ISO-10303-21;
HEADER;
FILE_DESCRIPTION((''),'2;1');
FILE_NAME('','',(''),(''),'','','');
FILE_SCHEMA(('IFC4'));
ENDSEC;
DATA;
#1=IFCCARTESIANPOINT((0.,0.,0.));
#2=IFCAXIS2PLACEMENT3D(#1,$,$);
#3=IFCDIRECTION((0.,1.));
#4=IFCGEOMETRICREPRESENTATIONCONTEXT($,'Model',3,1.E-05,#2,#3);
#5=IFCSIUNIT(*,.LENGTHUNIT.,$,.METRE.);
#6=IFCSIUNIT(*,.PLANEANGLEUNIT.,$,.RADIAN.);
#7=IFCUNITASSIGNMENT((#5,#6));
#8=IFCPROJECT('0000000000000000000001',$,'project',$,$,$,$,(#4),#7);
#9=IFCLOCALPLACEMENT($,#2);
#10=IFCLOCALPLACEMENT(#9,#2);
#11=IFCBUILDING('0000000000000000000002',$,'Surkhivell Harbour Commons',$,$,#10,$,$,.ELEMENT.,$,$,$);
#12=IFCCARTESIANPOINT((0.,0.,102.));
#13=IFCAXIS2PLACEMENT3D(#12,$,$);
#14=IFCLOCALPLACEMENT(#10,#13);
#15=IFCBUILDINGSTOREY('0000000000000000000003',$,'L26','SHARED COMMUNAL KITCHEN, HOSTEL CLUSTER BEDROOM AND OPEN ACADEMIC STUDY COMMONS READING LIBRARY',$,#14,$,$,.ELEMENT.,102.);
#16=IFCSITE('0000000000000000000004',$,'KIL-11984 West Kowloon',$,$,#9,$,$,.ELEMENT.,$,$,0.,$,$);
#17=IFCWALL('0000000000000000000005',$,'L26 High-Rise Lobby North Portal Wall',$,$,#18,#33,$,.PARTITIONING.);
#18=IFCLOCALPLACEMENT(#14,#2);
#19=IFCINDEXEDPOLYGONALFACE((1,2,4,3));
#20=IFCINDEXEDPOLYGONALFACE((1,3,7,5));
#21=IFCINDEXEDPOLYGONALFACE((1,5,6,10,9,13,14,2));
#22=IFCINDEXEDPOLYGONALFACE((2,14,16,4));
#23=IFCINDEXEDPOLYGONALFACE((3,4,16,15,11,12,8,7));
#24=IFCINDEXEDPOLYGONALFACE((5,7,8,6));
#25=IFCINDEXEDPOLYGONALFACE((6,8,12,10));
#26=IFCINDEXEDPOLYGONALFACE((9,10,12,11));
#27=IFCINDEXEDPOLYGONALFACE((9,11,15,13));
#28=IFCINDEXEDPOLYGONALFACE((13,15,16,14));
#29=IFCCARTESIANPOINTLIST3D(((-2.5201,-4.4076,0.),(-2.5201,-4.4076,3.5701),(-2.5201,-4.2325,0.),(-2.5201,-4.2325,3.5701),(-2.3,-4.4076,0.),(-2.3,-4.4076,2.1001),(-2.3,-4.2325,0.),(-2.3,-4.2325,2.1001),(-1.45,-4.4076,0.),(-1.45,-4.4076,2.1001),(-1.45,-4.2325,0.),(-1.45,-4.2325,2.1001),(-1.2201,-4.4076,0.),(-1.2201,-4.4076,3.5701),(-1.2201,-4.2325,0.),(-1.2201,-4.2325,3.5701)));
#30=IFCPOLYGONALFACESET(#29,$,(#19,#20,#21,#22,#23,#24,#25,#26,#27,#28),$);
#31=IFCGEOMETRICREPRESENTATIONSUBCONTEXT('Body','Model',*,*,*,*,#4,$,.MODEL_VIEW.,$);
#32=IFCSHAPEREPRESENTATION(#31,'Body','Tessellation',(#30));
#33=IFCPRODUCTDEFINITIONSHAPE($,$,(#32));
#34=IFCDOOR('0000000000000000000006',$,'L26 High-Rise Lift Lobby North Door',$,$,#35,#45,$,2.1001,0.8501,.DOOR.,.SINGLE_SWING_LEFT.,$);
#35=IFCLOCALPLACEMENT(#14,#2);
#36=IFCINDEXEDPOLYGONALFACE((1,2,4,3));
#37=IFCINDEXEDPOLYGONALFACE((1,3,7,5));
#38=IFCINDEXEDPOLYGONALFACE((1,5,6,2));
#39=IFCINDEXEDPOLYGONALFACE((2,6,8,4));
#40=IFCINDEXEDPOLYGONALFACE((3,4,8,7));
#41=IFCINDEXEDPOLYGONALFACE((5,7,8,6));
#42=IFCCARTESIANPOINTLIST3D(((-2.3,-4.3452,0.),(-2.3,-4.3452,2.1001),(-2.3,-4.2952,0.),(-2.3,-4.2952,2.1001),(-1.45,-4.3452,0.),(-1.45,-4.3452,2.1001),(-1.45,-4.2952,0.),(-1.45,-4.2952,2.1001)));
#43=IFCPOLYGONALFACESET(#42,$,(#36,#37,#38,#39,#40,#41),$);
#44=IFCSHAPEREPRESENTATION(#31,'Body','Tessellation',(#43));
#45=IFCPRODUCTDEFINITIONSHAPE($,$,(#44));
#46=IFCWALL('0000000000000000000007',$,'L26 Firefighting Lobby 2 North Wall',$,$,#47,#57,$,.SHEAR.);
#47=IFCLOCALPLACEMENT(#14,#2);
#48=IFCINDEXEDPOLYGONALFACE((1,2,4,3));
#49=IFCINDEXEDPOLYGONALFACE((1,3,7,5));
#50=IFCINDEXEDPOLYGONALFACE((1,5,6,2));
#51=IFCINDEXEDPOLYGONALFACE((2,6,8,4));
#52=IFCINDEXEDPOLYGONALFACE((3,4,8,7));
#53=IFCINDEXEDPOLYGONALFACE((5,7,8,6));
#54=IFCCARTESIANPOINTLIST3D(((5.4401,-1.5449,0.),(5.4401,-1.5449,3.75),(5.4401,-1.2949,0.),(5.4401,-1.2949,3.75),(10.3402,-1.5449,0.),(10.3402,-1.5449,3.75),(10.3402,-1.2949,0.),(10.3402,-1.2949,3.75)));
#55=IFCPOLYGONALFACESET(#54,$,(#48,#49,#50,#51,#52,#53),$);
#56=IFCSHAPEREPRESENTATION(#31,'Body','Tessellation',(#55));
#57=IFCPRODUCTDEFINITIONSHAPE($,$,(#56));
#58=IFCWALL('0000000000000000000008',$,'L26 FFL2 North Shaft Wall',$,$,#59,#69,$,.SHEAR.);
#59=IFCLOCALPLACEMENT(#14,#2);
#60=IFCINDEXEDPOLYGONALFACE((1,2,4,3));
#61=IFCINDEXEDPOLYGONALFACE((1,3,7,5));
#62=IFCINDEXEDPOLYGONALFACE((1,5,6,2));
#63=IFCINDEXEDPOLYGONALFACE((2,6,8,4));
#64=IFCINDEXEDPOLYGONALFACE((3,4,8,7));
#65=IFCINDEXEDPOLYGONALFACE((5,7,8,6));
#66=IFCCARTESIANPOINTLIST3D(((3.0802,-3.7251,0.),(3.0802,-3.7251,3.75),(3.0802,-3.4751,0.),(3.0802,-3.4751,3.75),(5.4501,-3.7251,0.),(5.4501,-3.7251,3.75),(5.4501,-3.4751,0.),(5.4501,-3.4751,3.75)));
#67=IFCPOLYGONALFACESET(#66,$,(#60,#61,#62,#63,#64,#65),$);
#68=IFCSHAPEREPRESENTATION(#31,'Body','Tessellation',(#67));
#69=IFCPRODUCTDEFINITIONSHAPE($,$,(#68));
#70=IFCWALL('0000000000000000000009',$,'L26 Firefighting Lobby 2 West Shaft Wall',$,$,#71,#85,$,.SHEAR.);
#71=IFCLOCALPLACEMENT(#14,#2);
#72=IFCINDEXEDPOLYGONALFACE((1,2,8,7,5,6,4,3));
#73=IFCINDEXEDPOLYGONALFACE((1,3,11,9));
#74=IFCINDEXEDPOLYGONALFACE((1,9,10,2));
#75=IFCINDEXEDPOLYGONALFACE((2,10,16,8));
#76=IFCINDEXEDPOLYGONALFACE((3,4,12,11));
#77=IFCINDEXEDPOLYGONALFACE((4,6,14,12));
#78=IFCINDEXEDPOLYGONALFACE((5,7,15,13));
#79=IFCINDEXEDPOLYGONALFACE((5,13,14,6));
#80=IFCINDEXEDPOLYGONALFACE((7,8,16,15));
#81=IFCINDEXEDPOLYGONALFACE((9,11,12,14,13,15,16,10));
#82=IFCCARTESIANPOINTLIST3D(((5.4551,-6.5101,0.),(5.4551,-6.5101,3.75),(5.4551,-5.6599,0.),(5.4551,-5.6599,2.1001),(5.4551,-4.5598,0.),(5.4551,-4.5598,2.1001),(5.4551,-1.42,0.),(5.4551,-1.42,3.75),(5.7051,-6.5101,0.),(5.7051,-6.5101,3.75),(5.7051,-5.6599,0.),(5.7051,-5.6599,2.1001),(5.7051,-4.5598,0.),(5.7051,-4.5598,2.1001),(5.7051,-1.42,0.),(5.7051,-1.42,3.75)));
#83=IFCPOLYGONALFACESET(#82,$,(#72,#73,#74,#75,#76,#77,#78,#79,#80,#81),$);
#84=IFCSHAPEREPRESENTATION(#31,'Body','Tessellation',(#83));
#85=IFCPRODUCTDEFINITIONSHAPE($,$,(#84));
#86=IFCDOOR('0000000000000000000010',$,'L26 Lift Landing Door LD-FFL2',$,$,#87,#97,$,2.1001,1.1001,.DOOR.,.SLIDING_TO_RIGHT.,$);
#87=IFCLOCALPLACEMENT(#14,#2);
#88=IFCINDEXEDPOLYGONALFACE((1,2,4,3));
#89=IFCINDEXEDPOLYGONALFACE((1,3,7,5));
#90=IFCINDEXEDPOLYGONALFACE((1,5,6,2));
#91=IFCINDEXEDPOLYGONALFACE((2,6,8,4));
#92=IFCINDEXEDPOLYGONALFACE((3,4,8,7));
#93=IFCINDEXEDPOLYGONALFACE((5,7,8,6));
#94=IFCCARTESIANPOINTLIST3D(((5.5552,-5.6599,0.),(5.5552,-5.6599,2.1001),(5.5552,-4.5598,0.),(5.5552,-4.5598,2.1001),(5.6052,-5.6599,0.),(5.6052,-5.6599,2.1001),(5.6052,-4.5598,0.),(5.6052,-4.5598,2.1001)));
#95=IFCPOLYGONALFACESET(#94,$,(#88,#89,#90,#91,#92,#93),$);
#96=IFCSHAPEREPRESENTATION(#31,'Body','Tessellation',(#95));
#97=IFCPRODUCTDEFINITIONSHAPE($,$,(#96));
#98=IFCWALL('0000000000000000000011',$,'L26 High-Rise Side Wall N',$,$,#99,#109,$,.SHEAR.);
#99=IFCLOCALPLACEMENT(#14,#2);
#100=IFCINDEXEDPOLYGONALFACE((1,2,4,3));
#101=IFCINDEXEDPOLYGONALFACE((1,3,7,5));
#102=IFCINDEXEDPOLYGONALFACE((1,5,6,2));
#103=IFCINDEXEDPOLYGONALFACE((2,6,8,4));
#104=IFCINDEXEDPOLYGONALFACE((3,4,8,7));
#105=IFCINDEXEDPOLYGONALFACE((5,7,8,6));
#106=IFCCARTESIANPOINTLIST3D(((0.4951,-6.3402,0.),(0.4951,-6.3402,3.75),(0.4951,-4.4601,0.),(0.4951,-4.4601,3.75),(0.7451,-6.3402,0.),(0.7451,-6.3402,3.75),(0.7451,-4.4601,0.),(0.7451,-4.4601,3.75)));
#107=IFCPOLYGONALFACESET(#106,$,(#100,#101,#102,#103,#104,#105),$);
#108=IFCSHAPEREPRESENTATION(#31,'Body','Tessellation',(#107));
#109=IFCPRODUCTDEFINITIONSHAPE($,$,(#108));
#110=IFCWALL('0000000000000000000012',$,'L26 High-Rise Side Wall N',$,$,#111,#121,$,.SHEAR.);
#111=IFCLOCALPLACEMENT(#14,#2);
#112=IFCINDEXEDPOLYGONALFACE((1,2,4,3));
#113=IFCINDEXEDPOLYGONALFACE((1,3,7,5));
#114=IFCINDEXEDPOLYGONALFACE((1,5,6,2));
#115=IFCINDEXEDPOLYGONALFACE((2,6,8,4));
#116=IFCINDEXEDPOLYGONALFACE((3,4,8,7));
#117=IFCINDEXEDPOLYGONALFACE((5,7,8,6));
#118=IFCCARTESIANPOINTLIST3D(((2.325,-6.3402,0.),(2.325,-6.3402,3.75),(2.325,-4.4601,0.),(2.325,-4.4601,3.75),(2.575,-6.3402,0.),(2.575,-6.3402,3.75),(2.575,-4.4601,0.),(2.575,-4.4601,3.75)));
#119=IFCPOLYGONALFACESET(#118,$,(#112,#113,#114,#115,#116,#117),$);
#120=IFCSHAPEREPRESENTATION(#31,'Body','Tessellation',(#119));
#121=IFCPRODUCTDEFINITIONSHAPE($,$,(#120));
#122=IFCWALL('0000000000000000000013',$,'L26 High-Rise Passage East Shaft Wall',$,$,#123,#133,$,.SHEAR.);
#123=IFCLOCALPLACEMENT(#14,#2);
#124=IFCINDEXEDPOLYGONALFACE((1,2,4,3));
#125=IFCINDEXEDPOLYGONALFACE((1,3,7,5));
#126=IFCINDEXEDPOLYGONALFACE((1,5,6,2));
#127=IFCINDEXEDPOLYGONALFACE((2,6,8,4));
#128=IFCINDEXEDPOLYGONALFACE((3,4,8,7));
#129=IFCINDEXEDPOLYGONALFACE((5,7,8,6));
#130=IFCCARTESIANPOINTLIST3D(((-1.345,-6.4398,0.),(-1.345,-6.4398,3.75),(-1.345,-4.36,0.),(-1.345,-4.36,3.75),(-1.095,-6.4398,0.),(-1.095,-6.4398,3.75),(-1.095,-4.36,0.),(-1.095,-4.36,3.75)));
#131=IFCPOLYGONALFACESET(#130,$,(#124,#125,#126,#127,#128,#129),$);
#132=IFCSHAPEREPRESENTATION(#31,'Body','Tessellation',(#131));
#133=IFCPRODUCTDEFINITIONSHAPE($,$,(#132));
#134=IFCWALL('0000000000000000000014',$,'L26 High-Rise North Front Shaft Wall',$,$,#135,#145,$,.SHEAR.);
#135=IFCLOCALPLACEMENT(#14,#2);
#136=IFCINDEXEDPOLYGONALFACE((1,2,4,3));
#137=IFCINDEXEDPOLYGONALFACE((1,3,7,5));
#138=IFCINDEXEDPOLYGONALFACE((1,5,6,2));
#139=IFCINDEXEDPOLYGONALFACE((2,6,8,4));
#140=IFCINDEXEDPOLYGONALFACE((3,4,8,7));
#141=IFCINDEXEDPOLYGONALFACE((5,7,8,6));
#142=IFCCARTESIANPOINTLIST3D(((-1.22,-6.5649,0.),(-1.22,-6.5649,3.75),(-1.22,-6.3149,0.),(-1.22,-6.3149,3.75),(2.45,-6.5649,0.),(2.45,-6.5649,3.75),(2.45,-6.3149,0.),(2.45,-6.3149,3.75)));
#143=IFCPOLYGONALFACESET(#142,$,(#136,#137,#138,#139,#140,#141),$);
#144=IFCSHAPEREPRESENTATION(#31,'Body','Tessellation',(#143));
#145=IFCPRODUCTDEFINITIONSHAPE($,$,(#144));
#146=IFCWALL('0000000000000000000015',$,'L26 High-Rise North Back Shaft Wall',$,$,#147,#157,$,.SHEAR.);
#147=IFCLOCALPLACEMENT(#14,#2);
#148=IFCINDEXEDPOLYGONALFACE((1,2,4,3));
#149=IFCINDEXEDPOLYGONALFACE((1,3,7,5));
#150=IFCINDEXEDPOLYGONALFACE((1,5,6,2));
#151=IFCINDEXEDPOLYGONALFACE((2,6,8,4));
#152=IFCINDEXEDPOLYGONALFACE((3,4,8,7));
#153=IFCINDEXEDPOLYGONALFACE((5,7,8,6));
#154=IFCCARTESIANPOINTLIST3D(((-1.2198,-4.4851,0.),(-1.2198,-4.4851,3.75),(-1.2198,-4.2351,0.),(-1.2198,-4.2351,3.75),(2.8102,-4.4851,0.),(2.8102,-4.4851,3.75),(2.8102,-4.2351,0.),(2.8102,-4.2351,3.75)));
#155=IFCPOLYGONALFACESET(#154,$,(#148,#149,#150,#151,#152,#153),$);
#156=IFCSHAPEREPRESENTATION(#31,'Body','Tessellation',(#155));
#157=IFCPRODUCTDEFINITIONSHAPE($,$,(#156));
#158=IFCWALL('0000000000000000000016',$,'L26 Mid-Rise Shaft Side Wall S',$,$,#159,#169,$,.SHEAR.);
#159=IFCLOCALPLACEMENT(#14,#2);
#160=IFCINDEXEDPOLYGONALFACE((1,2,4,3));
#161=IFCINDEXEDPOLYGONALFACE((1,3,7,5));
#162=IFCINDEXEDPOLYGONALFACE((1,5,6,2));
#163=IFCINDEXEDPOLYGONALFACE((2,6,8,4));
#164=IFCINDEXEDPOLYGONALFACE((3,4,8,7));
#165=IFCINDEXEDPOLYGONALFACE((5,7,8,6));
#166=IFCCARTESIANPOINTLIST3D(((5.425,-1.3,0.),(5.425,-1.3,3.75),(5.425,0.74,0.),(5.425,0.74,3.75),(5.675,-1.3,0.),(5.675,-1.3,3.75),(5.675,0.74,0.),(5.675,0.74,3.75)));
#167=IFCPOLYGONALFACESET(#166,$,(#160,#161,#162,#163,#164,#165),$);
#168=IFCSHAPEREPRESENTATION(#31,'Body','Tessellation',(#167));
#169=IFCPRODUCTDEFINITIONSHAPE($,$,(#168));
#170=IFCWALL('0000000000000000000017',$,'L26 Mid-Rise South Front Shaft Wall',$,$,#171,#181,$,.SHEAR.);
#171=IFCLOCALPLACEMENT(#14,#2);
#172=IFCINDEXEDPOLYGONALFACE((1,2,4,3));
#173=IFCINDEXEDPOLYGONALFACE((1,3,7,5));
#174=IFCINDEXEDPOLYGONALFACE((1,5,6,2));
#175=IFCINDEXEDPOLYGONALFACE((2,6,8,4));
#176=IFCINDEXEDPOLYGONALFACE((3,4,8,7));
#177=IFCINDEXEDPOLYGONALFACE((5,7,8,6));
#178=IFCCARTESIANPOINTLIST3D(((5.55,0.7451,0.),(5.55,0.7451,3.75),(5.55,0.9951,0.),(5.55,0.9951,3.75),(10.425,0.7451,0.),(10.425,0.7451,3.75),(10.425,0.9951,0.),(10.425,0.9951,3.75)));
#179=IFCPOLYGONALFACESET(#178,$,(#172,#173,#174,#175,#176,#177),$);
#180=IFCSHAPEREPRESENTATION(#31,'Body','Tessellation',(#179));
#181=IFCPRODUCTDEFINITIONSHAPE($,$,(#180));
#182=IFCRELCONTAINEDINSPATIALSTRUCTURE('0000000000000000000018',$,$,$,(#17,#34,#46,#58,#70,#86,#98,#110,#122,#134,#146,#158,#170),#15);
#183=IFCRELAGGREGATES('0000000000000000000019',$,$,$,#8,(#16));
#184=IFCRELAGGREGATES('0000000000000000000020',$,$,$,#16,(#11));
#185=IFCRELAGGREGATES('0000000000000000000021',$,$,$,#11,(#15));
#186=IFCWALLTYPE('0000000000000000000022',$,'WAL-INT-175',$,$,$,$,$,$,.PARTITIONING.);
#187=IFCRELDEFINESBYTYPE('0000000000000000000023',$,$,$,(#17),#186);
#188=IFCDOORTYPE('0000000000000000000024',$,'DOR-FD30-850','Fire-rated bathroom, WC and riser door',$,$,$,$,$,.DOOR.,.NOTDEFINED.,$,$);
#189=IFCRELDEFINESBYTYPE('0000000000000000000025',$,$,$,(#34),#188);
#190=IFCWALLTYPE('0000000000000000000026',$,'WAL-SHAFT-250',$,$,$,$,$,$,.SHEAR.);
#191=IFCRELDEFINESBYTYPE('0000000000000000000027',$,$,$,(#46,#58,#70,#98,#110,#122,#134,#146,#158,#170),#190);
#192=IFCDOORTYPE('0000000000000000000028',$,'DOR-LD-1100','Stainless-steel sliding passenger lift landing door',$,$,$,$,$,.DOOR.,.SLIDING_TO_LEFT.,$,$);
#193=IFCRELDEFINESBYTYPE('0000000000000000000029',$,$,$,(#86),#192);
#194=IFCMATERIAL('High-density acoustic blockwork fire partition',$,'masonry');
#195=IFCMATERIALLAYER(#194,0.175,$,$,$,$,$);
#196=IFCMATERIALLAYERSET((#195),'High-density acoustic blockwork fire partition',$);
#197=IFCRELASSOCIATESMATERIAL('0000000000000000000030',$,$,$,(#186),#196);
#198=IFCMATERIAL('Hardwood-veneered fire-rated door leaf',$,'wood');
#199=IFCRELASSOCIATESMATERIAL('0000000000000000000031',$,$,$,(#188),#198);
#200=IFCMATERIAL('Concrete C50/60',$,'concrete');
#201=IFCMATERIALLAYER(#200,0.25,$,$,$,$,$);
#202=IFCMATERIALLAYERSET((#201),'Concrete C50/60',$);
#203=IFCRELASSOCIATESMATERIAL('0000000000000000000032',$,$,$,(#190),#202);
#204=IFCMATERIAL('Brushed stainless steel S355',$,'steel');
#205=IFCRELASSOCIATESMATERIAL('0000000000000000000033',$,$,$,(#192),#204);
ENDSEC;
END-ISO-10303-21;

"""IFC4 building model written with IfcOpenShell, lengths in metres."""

from ifc_helpers import new_model, si_unit, direction, frame, frame_2d, origin, place, context, subcontext, project, spatial, rectangle, extrude, material, layer, layer_set, type_object, element, fill, save


model = new_model("IFC4")

# Units and contexts
model_context = context("Model", 3, precision=1e-05, world=origin(), true_north=direction((0.0, 1.0)))
body_context = subcontext(model_context, "Body", "Model", "MODEL_VIEW")
ifc_project = project(units=[si_unit("LENGTHUNIT", "METRE"), si_unit("PLANEANGLEUNIT", "RADIAN")], contexts=[model_context])

# Site, building, storey
site_placement = place(None, origin())
site = spatial("IfcSite", under=ifc_project, at=site_placement, Name="KIL-11984 West Kowloon", CompositionType="ELEMENT", RefElevation=0.0)
building_placement = place(site_placement, origin())
building = spatial("IfcBuilding", under=site, at=building_placement, Name="Surkhivell Harbour Commons", CompositionType="ELEMENT")
storey_placement = place(building_placement, frame((0.0, 0.0, 102.0)))
storey = spatial("IfcBuildingStorey", under=building, at=storey_placement, Name="L26", Description="SHARED COMMUNAL KITCHEN, HOSTEL CLUSTER BEDROOM AND OPEN ACADEMIC STUDY COMMONS READING LIBRARY", CompositionType="ELEMENT", Elevation=102.0)

# Wall, opening, door
ifc_material_1 = material(Name="High-density acoustic blockwork fire partition", Category="masonry")
ifc_layer_1 = layer(ifc_material_1, 0.175)
ifc_layer_set_1 = layer_set([ifc_layer_1], Name="High-density acoustic blockwork fire partition")
wall_type_1 = type_object("IfcWallType", Name="WAL-INT-175", PredefinedType="PARTITIONING", material=ifc_layer_set_1)
wall_1_placement = place(storey_placement, frame((-2.52, -4.3201, 0.0), z_axis=(0.0, 0.0, 1.0), x_axis=(1.0, 0.0, 0.0)))
wall_1 = element("IfcWall", 1, at=wall_1_placement, inside=storey, type_object=wall_type_1, Name="L26 High-Rise Lobby North Portal Wall", PredefinedType="PARTITIONING", context=body_context, shape_type="SweptSolid", body=[
    extrude(rectangle(XDim=1.3, YDim=0.175, at=frame_2d((0.6499, 0.0))), origin(), (0.0, 0.0, 1.0), 3.5701),
])
opening_1_placement = place(wall_1_placement, frame((0.22, 0.0, 0.0)))
opening_1 = element("IfcOpeningElement", 2, at=opening_1_placement, cuts=wall_1, PredefinedType="OPENING", context=body_context, shape_type="SweptSolid", body=[
    extrude(rectangle(XDim=0.8501, YDim=2.1001, at=frame_2d((0.425, 1.05))), frame((0.0, 0.0974, 0.0), z_axis=(0.0, -1.0, 0.0), x_axis=(1.0, 0.0, 0.0)), (0.0, 0.0, 1.0), 0.1951),
])
ifc_material_2 = material(Name="Hardwood-veneered fire-rated door leaf", Category="wood")
door_type_1 = type_object("IfcDoorType", Name="DOR-FD30-850", Description="Fire-rated bathroom, WC and riser door", OperationType="NOTDEFINED", PredefinedType="DOOR", material=ifc_material_2)
door_1_placement = place(opening_1_placement, origin())
door_1 = element("IfcDoor", 3, at=door_1_placement, inside=storey, type_object=door_type_1, Name="L26 High-Rise Lift Lobby North Door", OperationType="SINGLE_SWING_LEFT", OverallHeight=2.1001, OverallWidth=0.8501, PredefinedType="DOOR", context=body_context, shape_type="SweptSolid", body=[
    extrude(rectangle(XDim=0.8501, YDim=2.1001, at=frame_2d((0.425, 1.05))), frame((0.0, 0.0249, 0.0), z_axis=(0.0, -1.0, 0.0), x_axis=(1.0, 0.0, 0.0)), (0.0, 0.0, 1.0), 0.05),
])
fill(opening_1, door_1)

# Walls
ifc_material_3 = material(Name="Concrete C50/60", Category="concrete")
ifc_layer_2 = layer(ifc_material_3, 0.25)
ifc_layer_set_2 = layer_set([ifc_layer_2], Name="Concrete C50/60")
wall_type_2 = type_object("IfcWallType", Name="WAL-SHAFT-250", PredefinedType="SHEAR", material=ifc_layer_set_2)
wall_2_placement = place(storey_placement, frame((5.4399, -1.4199, 0.0), z_axis=(0.0, 0.0, 1.0), x_axis=(1.0, 0.0, 0.0)))
element("IfcWall", 4, at=wall_2_placement, inside=storey, type_object=wall_type_2, Name="L26 Firefighting Lobby 2 North Wall", PredefinedType="SHEAR", context=body_context, shape_type="SweptSolid", body=[
    extrude(rectangle(XDim=4.9001, YDim=0.25, at=frame_2d((2.4502, 0.0))), origin(), (0.0, 0.0, 1.0), 3.75),
])
wall_3_placement = place(storey_placement, frame((3.0801, -3.6001, 0.0), z_axis=(0.0, 0.0, 1.0), x_axis=(1.0, 0.0, 0.0)))
element("IfcWall", 5, at=wall_3_placement, inside=storey, type_object=wall_type_2, Name="L26 FFL2 North Shaft Wall", PredefinedType="SHEAR", context=body_context, shape_type="SweptSolid", body=[
    extrude(rectangle(XDim=2.3699, YDim=0.25, at=frame_2d((1.1851, 0.0))), origin(), (0.0, 0.0, 1.0), 3.75),
])

# Wall, opening, door
wall_4_placement = place(storey_placement, frame((5.5801, -6.51, 0.0), z_axis=(0.0, 0.0, 1.0), x_axis=(0.0, 1.0, 0.0)))
wall_4 = element("IfcWall", 6, at=wall_4_placement, inside=storey, type_object=wall_type_2, Name="L26 Firefighting Lobby 2 West Shaft Wall", PredefinedType="SHEAR", context=body_context, shape_type="SweptSolid", body=[
    extrude(rectangle(XDim=5.0901, YDim=0.25, at=frame_2d((2.5449, 0.0))), origin(), (0.0, 0.0, 1.0), 3.75),
])
opening_2_placement = place(wall_4_placement, frame((0.8501, 0.0, 0.0)))
opening_2 = element("IfcOpeningElement", 7, at=opening_2_placement, cuts=wall_4, PredefinedType="OPENING", context=body_context, shape_type="SweptSolid", body=[
    extrude(rectangle(XDim=1.1001, YDim=2.1001, at=frame_2d((0.55, 1.05))), frame((0.0, 0.135, 0.0), z_axis=(0.0, -1.0, 0.0), x_axis=(1.0, 0.0, 0.0)), (0.0, 0.0, 1.0), 0.27),
])
ifc_material_4 = material(Name="Brushed stainless steel S355", Category="steel")
door_type_2 = type_object("IfcDoorType", Name="DOR-LD-1100", Description="Stainless-steel sliding passenger lift landing door", OperationType="SLIDING_TO_LEFT", PredefinedType="DOOR", material=ifc_material_4)
door_2_placement = place(opening_2_placement, origin())
door_2 = element("IfcDoor", 8, at=door_2_placement, inside=storey, type_object=door_type_2, Name="L26 Lift Landing Door LD-FFL2", OperationType="SLIDING_TO_RIGHT", OverallHeight=2.1001, OverallWidth=1.1001, PredefinedType="DOOR", context=body_context, shape_type="SweptSolid", body=[
    extrude(rectangle(XDim=1.1001, YDim=2.1001, at=frame_2d((0.55, 1.05))), frame((0.0, 0.0249, 0.0), z_axis=(0.0, -1.0, 0.0), x_axis=(1.0, 0.0, 0.0)), (0.0, 0.0, 1.0), 0.05),
])
fill(opening_2, door_2)

# Walls
for number, where, z_axis, x_axis, name in (
    (9, (0.6201, -6.3401, 0.0), (0.0, 0.0, 1.0), (0.0, 1.0, 0.0), "L26 High-Rise Side Wall N"),
    (10, (2.45, -6.3401, 0.0), (0.0, 0.0, 1.0), (0.0, 1.0, 0.0), "L26 High-Rise Side Wall N"),
):
    element("IfcWall", number, at=place(storey_placement, frame(where, z_axis=z_axis, x_axis=x_axis)), inside=storey, type_object=wall_type_2, Name=name, PredefinedType="SHEAR", context=body_context, shape_type="SweptSolid", body=[
        extrude(rectangle(XDim=1.8801, YDim=0.25, at=frame_2d((0.9399, 0.0))), origin(), (0.0, 0.0, 1.0), 3.75),
    ])
wall_5_placement = place(storey_placement, frame((-1.22, -6.4399, 0.0), z_axis=(0.0, 0.0, 1.0), x_axis=(0.0, 1.0, 0.0)))
element("IfcWall", 11, at=wall_5_placement, inside=storey, type_object=wall_type_2, Name="L26 High-Rise Passage East Shaft Wall", PredefinedType="SHEAR", context=body_context, shape_type="SweptSolid", body=[
    extrude(rectangle(XDim=2.0798, YDim=0.25, at=frame_2d((1.04, 0.0))), origin(), (0.0, 0.0, 1.0), 3.75),
])
wall_6_placement = place(storey_placement, frame((-1.22, -6.4399, 0.0), z_axis=(0.0, 0.0, 1.0), x_axis=(1.0, 0.0, 0.0)))
element("IfcWall", 12, at=wall_6_placement, inside=storey, type_object=wall_type_2, Name="L26 High-Rise North Front Shaft Wall", PredefinedType="SHEAR", context=body_context, shape_type="SweptSolid", body=[
    extrude(rectangle(XDim=3.6699, YDim=0.25, at=frame_2d((1.835, 0.0))), origin(), (0.0, 0.0, 1.0), 3.75),
])
wall_7_placement = place(storey_placement, frame((-1.22, -4.3601, 0.0), z_axis=(0.0, 0.0, 1.0), x_axis=(1.0, 0.0, 0.0)))
element("IfcWall", 13, at=wall_7_placement, inside=storey, type_object=wall_type_2, Name="L26 High-Rise North Back Shaft Wall", PredefinedType="SHEAR", context=body_context, shape_type="SweptSolid", body=[
    extrude(rectangle(XDim=4.03, YDim=0.25, at=frame_2d((2.0151, 0.0))), origin(), (0.0, 0.0, 1.0), 3.75),
])
wall_8_placement = place(storey_placement, frame((5.55, -1.3, 0.0), z_axis=(0.0, 0.0, 1.0), x_axis=(0.0, 1.0, 0.0)))
element("IfcWall", 14, at=wall_8_placement, inside=storey, type_object=wall_type_2, Name="L26 Mid-Rise Shaft Side Wall S", PredefinedType="SHEAR", context=body_context, shape_type="SweptSolid", body=[
    extrude(rectangle(XDim=2.04, YDim=0.25, at=frame_2d((1.02, 0.0))), origin(), (0.0, 0.0, 1.0), 3.75),
])
wall_9_placement = place(storey_placement, frame((5.55, 0.8701, 0.0), z_axis=(0.0, 0.0, 1.0), x_axis=(1.0, 0.0, 0.0)))
element("IfcWall", 15, at=wall_9_placement, inside=storey, type_object=wall_type_2, Name="L26 Mid-Rise South Front Shaft Wall", PredefinedType="SHEAR", context=body_context, shape_type="SweptSolid", body=[
    extrude(rectangle(XDim=4.875, YDim=0.25, at=frame_2d((2.4375, 0.0))), origin(), (0.0, 0.0, 1.0), 3.75),
])

save(model, "model.ifc")
